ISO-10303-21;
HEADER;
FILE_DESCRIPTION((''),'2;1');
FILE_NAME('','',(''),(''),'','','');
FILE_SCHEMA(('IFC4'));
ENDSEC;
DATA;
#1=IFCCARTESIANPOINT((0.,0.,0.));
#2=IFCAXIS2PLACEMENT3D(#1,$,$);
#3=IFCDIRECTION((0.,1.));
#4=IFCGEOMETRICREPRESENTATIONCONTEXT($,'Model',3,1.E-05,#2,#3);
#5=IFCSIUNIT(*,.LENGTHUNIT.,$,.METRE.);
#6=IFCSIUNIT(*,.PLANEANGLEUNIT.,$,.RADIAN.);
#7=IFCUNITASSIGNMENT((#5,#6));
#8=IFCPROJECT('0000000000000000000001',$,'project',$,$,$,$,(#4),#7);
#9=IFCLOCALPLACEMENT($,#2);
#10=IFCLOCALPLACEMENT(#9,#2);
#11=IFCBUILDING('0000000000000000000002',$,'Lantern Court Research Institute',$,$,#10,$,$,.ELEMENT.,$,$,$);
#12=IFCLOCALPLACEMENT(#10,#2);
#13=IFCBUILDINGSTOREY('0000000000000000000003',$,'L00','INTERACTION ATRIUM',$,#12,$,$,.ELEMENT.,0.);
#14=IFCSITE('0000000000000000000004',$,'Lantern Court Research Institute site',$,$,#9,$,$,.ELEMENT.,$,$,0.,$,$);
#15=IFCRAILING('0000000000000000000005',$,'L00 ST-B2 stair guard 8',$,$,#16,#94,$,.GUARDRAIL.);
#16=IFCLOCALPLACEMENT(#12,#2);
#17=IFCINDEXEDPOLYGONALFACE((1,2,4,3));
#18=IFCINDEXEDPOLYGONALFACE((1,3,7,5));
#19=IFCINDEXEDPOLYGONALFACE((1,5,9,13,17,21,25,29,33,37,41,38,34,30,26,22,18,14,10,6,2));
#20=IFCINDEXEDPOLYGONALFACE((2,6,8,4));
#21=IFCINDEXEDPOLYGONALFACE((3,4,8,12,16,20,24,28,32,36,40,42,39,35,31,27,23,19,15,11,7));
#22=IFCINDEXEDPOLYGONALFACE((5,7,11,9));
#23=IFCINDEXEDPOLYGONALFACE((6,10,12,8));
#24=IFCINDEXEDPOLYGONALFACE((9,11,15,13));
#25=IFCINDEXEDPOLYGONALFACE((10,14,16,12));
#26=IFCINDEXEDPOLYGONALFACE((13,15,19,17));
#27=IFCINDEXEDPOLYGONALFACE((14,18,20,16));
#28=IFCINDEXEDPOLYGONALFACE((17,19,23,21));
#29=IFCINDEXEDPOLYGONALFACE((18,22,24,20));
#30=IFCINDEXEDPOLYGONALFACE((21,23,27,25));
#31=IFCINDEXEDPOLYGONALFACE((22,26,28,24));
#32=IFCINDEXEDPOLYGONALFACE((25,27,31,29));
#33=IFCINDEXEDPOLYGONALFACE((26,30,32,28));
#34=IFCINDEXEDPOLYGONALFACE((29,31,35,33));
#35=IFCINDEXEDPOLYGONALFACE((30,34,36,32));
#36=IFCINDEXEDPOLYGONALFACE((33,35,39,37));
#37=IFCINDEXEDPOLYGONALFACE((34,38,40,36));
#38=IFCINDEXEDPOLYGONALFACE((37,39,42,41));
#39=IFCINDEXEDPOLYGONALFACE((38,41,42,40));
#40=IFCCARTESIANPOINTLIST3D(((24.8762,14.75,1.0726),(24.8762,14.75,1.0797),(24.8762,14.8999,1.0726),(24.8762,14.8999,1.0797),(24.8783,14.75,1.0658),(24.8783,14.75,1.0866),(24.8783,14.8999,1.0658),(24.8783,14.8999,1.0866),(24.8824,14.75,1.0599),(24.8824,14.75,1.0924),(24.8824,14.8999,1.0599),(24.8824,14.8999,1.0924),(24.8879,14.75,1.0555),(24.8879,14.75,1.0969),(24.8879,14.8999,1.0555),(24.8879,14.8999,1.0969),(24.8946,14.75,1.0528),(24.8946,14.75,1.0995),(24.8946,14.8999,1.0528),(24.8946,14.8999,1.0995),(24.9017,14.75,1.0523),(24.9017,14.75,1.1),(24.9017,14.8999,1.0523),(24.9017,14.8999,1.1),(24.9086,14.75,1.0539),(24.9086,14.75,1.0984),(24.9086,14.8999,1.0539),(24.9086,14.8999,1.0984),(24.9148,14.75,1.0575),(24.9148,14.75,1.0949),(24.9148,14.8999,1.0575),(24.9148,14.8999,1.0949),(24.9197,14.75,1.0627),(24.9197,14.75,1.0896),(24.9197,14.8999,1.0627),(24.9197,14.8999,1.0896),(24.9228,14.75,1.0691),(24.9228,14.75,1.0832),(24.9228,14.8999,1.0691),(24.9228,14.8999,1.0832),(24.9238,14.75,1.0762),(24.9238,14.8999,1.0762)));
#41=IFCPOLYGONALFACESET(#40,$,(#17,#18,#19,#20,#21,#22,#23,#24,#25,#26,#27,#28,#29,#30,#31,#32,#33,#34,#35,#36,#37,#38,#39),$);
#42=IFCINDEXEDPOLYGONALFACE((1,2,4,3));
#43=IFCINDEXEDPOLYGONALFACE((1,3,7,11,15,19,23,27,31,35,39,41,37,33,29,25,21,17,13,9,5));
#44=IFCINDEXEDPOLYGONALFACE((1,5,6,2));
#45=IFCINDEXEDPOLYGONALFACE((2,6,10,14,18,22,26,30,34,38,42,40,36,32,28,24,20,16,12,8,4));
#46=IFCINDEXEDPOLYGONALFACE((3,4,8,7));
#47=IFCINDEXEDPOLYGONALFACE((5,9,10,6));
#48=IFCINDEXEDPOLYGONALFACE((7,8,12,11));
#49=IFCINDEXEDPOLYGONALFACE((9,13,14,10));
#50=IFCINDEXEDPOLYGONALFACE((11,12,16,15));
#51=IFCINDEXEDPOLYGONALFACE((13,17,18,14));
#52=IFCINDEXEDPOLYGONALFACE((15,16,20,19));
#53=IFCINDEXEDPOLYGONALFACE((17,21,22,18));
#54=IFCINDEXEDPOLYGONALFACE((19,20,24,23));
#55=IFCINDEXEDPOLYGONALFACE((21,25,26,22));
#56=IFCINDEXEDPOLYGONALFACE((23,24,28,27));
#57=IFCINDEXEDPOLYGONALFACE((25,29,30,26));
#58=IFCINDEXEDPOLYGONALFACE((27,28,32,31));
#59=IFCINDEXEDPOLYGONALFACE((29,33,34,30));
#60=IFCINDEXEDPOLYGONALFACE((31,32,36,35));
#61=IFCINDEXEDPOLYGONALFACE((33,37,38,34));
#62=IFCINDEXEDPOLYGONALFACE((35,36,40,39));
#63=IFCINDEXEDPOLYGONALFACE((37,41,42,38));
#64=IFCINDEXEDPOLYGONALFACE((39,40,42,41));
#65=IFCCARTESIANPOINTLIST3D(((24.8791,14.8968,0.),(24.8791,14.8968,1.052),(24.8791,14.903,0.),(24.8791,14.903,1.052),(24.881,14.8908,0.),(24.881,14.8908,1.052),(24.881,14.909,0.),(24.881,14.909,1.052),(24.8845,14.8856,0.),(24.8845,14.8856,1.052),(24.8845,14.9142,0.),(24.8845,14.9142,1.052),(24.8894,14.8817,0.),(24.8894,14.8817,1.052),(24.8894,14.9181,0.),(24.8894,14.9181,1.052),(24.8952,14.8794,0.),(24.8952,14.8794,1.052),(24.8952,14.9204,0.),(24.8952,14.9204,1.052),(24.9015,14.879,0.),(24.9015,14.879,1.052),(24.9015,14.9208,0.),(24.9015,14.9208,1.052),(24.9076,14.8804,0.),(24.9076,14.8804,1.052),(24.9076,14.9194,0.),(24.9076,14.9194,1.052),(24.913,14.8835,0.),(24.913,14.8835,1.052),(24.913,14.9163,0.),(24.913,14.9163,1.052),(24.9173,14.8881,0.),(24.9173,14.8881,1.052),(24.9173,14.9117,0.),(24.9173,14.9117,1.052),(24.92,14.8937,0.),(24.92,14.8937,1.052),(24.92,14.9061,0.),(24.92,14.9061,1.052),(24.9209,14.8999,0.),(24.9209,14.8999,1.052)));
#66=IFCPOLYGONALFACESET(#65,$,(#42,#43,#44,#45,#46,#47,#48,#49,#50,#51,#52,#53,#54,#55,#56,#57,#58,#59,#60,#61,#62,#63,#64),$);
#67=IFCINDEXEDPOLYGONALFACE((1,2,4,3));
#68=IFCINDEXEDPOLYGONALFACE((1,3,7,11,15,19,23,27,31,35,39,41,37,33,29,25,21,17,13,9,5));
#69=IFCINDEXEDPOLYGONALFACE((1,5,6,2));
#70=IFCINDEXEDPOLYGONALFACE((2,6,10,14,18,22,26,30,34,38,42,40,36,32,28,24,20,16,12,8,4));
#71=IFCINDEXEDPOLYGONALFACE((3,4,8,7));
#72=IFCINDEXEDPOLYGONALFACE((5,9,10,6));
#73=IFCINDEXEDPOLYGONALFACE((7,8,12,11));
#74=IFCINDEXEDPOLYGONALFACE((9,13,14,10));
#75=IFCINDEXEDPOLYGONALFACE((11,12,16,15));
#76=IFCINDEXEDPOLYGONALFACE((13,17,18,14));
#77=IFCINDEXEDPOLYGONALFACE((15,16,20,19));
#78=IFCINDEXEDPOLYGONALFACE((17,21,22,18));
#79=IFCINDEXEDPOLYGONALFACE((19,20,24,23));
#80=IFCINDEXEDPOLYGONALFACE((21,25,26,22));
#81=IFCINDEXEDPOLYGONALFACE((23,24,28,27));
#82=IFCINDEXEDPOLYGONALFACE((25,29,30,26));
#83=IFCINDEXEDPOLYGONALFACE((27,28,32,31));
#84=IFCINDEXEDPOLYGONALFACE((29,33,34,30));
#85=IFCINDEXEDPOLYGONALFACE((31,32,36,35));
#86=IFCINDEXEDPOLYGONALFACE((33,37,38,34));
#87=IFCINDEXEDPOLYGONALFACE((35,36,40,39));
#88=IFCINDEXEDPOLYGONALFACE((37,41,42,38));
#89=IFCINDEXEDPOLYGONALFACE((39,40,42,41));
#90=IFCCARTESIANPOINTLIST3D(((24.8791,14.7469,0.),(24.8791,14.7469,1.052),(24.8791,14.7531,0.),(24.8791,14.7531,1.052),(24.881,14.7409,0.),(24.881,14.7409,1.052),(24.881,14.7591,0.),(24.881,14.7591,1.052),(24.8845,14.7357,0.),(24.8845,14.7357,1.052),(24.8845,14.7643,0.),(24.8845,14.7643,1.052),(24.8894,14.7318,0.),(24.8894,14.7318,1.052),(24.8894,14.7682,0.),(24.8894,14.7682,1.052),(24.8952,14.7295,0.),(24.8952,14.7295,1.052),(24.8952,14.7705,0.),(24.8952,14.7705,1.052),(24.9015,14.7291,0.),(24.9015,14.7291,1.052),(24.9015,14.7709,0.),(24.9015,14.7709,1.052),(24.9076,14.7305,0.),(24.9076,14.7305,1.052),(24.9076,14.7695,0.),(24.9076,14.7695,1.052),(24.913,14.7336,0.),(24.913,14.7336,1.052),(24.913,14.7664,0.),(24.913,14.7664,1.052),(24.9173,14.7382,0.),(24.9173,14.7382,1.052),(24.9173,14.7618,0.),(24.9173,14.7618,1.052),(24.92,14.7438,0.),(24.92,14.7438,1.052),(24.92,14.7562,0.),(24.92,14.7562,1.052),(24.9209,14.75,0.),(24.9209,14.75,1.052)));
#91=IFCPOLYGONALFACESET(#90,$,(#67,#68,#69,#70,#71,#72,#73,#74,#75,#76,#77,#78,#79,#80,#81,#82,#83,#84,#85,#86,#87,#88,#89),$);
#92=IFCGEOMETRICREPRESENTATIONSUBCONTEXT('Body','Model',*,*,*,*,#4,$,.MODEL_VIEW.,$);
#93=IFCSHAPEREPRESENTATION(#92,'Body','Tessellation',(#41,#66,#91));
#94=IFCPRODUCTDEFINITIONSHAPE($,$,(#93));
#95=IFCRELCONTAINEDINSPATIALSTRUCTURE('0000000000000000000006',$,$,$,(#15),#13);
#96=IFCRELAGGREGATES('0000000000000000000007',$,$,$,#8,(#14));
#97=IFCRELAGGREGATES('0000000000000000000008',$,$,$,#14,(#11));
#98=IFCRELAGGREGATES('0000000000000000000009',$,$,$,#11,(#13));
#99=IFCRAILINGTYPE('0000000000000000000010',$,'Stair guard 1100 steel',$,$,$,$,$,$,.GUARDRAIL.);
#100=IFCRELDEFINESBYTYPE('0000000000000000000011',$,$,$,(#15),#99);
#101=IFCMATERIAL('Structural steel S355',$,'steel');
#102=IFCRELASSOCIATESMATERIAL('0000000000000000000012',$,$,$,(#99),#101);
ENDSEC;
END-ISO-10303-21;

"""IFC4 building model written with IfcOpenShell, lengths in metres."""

from ifc_helpers import new_model, si_unit, direction, frame, origin, origin_2d, place, context, subcontext, project, spatial, circle, extrude, material, type_object, element, save


model = new_model("IFC4")

# Units and contexts
model_context = context("Model", 3, precision=1e-05, world=origin(), true_north=direction((0.0, 1.0)))
body_context = subcontext(model_context, "Body", "Model", "MODEL_VIEW")
ifc_project = project(units=[si_unit("LENGTHUNIT", "METRE"), si_unit("PLANEANGLEUNIT", "RADIAN")], contexts=[model_context])

# Site, building, storey
site_placement = place(None, origin())
site = spatial("IfcSite", under=ifc_project, at=site_placement, Name="Lantern Court Research Institute site", CompositionType="ELEMENT", RefElevation=0.0)
building_placement = place(site_placement, origin())
building = spatial("IfcBuilding", under=site, at=building_placement, Name="Lantern Court Research Institute", CompositionType="ELEMENT")
storey_placement = place(building_placement, origin())
storey = spatial("IfcBuildingStorey", under=building, at=storey_placement, Name="L00", Description="INTERACTION ATRIUM", CompositionType="ELEMENT", Elevation=0.0)

# Railing
ifc_material_1 = material(Name="Structural steel S355", Category="steel")
railing_type_1 = type_object("IfcRailingType", Name="Stair guard 1100 steel", PredefinedType="GUARDRAIL", material=ifc_material_1)
railing_placement = place(storey_placement, frame((24.8999, 14.8999, 0.0)))
element("IfcRailing", 1, at=railing_placement, inside=storey, type_object=railing_type_1, Name="L00 ST-B2 stair guard 8", PredefinedType="GUARDRAIL", context=body_context, shape_type="SweptSolid", body=[
    extrude(circle(Radius=0.0239, at=origin_2d()), frame((0.0, 0.0, 1.0762), z_axis=(0.0, -1.0, 0.0), x_axis=(1.0, 0.0, 0.0)), (0.0, 0.0, 1.0), 0.1499),
    extrude(circle(Radius=0.021, at=origin_2d()), origin(), (0.0, 0.0, 1.0), 1.052),
    extrude(circle(Radius=0.021, at=origin_2d()), frame((0.0, -0.1499, 0.0)), (0.0, 0.0, 1.0), 1.052),
])

save(model, "model.ifc")
